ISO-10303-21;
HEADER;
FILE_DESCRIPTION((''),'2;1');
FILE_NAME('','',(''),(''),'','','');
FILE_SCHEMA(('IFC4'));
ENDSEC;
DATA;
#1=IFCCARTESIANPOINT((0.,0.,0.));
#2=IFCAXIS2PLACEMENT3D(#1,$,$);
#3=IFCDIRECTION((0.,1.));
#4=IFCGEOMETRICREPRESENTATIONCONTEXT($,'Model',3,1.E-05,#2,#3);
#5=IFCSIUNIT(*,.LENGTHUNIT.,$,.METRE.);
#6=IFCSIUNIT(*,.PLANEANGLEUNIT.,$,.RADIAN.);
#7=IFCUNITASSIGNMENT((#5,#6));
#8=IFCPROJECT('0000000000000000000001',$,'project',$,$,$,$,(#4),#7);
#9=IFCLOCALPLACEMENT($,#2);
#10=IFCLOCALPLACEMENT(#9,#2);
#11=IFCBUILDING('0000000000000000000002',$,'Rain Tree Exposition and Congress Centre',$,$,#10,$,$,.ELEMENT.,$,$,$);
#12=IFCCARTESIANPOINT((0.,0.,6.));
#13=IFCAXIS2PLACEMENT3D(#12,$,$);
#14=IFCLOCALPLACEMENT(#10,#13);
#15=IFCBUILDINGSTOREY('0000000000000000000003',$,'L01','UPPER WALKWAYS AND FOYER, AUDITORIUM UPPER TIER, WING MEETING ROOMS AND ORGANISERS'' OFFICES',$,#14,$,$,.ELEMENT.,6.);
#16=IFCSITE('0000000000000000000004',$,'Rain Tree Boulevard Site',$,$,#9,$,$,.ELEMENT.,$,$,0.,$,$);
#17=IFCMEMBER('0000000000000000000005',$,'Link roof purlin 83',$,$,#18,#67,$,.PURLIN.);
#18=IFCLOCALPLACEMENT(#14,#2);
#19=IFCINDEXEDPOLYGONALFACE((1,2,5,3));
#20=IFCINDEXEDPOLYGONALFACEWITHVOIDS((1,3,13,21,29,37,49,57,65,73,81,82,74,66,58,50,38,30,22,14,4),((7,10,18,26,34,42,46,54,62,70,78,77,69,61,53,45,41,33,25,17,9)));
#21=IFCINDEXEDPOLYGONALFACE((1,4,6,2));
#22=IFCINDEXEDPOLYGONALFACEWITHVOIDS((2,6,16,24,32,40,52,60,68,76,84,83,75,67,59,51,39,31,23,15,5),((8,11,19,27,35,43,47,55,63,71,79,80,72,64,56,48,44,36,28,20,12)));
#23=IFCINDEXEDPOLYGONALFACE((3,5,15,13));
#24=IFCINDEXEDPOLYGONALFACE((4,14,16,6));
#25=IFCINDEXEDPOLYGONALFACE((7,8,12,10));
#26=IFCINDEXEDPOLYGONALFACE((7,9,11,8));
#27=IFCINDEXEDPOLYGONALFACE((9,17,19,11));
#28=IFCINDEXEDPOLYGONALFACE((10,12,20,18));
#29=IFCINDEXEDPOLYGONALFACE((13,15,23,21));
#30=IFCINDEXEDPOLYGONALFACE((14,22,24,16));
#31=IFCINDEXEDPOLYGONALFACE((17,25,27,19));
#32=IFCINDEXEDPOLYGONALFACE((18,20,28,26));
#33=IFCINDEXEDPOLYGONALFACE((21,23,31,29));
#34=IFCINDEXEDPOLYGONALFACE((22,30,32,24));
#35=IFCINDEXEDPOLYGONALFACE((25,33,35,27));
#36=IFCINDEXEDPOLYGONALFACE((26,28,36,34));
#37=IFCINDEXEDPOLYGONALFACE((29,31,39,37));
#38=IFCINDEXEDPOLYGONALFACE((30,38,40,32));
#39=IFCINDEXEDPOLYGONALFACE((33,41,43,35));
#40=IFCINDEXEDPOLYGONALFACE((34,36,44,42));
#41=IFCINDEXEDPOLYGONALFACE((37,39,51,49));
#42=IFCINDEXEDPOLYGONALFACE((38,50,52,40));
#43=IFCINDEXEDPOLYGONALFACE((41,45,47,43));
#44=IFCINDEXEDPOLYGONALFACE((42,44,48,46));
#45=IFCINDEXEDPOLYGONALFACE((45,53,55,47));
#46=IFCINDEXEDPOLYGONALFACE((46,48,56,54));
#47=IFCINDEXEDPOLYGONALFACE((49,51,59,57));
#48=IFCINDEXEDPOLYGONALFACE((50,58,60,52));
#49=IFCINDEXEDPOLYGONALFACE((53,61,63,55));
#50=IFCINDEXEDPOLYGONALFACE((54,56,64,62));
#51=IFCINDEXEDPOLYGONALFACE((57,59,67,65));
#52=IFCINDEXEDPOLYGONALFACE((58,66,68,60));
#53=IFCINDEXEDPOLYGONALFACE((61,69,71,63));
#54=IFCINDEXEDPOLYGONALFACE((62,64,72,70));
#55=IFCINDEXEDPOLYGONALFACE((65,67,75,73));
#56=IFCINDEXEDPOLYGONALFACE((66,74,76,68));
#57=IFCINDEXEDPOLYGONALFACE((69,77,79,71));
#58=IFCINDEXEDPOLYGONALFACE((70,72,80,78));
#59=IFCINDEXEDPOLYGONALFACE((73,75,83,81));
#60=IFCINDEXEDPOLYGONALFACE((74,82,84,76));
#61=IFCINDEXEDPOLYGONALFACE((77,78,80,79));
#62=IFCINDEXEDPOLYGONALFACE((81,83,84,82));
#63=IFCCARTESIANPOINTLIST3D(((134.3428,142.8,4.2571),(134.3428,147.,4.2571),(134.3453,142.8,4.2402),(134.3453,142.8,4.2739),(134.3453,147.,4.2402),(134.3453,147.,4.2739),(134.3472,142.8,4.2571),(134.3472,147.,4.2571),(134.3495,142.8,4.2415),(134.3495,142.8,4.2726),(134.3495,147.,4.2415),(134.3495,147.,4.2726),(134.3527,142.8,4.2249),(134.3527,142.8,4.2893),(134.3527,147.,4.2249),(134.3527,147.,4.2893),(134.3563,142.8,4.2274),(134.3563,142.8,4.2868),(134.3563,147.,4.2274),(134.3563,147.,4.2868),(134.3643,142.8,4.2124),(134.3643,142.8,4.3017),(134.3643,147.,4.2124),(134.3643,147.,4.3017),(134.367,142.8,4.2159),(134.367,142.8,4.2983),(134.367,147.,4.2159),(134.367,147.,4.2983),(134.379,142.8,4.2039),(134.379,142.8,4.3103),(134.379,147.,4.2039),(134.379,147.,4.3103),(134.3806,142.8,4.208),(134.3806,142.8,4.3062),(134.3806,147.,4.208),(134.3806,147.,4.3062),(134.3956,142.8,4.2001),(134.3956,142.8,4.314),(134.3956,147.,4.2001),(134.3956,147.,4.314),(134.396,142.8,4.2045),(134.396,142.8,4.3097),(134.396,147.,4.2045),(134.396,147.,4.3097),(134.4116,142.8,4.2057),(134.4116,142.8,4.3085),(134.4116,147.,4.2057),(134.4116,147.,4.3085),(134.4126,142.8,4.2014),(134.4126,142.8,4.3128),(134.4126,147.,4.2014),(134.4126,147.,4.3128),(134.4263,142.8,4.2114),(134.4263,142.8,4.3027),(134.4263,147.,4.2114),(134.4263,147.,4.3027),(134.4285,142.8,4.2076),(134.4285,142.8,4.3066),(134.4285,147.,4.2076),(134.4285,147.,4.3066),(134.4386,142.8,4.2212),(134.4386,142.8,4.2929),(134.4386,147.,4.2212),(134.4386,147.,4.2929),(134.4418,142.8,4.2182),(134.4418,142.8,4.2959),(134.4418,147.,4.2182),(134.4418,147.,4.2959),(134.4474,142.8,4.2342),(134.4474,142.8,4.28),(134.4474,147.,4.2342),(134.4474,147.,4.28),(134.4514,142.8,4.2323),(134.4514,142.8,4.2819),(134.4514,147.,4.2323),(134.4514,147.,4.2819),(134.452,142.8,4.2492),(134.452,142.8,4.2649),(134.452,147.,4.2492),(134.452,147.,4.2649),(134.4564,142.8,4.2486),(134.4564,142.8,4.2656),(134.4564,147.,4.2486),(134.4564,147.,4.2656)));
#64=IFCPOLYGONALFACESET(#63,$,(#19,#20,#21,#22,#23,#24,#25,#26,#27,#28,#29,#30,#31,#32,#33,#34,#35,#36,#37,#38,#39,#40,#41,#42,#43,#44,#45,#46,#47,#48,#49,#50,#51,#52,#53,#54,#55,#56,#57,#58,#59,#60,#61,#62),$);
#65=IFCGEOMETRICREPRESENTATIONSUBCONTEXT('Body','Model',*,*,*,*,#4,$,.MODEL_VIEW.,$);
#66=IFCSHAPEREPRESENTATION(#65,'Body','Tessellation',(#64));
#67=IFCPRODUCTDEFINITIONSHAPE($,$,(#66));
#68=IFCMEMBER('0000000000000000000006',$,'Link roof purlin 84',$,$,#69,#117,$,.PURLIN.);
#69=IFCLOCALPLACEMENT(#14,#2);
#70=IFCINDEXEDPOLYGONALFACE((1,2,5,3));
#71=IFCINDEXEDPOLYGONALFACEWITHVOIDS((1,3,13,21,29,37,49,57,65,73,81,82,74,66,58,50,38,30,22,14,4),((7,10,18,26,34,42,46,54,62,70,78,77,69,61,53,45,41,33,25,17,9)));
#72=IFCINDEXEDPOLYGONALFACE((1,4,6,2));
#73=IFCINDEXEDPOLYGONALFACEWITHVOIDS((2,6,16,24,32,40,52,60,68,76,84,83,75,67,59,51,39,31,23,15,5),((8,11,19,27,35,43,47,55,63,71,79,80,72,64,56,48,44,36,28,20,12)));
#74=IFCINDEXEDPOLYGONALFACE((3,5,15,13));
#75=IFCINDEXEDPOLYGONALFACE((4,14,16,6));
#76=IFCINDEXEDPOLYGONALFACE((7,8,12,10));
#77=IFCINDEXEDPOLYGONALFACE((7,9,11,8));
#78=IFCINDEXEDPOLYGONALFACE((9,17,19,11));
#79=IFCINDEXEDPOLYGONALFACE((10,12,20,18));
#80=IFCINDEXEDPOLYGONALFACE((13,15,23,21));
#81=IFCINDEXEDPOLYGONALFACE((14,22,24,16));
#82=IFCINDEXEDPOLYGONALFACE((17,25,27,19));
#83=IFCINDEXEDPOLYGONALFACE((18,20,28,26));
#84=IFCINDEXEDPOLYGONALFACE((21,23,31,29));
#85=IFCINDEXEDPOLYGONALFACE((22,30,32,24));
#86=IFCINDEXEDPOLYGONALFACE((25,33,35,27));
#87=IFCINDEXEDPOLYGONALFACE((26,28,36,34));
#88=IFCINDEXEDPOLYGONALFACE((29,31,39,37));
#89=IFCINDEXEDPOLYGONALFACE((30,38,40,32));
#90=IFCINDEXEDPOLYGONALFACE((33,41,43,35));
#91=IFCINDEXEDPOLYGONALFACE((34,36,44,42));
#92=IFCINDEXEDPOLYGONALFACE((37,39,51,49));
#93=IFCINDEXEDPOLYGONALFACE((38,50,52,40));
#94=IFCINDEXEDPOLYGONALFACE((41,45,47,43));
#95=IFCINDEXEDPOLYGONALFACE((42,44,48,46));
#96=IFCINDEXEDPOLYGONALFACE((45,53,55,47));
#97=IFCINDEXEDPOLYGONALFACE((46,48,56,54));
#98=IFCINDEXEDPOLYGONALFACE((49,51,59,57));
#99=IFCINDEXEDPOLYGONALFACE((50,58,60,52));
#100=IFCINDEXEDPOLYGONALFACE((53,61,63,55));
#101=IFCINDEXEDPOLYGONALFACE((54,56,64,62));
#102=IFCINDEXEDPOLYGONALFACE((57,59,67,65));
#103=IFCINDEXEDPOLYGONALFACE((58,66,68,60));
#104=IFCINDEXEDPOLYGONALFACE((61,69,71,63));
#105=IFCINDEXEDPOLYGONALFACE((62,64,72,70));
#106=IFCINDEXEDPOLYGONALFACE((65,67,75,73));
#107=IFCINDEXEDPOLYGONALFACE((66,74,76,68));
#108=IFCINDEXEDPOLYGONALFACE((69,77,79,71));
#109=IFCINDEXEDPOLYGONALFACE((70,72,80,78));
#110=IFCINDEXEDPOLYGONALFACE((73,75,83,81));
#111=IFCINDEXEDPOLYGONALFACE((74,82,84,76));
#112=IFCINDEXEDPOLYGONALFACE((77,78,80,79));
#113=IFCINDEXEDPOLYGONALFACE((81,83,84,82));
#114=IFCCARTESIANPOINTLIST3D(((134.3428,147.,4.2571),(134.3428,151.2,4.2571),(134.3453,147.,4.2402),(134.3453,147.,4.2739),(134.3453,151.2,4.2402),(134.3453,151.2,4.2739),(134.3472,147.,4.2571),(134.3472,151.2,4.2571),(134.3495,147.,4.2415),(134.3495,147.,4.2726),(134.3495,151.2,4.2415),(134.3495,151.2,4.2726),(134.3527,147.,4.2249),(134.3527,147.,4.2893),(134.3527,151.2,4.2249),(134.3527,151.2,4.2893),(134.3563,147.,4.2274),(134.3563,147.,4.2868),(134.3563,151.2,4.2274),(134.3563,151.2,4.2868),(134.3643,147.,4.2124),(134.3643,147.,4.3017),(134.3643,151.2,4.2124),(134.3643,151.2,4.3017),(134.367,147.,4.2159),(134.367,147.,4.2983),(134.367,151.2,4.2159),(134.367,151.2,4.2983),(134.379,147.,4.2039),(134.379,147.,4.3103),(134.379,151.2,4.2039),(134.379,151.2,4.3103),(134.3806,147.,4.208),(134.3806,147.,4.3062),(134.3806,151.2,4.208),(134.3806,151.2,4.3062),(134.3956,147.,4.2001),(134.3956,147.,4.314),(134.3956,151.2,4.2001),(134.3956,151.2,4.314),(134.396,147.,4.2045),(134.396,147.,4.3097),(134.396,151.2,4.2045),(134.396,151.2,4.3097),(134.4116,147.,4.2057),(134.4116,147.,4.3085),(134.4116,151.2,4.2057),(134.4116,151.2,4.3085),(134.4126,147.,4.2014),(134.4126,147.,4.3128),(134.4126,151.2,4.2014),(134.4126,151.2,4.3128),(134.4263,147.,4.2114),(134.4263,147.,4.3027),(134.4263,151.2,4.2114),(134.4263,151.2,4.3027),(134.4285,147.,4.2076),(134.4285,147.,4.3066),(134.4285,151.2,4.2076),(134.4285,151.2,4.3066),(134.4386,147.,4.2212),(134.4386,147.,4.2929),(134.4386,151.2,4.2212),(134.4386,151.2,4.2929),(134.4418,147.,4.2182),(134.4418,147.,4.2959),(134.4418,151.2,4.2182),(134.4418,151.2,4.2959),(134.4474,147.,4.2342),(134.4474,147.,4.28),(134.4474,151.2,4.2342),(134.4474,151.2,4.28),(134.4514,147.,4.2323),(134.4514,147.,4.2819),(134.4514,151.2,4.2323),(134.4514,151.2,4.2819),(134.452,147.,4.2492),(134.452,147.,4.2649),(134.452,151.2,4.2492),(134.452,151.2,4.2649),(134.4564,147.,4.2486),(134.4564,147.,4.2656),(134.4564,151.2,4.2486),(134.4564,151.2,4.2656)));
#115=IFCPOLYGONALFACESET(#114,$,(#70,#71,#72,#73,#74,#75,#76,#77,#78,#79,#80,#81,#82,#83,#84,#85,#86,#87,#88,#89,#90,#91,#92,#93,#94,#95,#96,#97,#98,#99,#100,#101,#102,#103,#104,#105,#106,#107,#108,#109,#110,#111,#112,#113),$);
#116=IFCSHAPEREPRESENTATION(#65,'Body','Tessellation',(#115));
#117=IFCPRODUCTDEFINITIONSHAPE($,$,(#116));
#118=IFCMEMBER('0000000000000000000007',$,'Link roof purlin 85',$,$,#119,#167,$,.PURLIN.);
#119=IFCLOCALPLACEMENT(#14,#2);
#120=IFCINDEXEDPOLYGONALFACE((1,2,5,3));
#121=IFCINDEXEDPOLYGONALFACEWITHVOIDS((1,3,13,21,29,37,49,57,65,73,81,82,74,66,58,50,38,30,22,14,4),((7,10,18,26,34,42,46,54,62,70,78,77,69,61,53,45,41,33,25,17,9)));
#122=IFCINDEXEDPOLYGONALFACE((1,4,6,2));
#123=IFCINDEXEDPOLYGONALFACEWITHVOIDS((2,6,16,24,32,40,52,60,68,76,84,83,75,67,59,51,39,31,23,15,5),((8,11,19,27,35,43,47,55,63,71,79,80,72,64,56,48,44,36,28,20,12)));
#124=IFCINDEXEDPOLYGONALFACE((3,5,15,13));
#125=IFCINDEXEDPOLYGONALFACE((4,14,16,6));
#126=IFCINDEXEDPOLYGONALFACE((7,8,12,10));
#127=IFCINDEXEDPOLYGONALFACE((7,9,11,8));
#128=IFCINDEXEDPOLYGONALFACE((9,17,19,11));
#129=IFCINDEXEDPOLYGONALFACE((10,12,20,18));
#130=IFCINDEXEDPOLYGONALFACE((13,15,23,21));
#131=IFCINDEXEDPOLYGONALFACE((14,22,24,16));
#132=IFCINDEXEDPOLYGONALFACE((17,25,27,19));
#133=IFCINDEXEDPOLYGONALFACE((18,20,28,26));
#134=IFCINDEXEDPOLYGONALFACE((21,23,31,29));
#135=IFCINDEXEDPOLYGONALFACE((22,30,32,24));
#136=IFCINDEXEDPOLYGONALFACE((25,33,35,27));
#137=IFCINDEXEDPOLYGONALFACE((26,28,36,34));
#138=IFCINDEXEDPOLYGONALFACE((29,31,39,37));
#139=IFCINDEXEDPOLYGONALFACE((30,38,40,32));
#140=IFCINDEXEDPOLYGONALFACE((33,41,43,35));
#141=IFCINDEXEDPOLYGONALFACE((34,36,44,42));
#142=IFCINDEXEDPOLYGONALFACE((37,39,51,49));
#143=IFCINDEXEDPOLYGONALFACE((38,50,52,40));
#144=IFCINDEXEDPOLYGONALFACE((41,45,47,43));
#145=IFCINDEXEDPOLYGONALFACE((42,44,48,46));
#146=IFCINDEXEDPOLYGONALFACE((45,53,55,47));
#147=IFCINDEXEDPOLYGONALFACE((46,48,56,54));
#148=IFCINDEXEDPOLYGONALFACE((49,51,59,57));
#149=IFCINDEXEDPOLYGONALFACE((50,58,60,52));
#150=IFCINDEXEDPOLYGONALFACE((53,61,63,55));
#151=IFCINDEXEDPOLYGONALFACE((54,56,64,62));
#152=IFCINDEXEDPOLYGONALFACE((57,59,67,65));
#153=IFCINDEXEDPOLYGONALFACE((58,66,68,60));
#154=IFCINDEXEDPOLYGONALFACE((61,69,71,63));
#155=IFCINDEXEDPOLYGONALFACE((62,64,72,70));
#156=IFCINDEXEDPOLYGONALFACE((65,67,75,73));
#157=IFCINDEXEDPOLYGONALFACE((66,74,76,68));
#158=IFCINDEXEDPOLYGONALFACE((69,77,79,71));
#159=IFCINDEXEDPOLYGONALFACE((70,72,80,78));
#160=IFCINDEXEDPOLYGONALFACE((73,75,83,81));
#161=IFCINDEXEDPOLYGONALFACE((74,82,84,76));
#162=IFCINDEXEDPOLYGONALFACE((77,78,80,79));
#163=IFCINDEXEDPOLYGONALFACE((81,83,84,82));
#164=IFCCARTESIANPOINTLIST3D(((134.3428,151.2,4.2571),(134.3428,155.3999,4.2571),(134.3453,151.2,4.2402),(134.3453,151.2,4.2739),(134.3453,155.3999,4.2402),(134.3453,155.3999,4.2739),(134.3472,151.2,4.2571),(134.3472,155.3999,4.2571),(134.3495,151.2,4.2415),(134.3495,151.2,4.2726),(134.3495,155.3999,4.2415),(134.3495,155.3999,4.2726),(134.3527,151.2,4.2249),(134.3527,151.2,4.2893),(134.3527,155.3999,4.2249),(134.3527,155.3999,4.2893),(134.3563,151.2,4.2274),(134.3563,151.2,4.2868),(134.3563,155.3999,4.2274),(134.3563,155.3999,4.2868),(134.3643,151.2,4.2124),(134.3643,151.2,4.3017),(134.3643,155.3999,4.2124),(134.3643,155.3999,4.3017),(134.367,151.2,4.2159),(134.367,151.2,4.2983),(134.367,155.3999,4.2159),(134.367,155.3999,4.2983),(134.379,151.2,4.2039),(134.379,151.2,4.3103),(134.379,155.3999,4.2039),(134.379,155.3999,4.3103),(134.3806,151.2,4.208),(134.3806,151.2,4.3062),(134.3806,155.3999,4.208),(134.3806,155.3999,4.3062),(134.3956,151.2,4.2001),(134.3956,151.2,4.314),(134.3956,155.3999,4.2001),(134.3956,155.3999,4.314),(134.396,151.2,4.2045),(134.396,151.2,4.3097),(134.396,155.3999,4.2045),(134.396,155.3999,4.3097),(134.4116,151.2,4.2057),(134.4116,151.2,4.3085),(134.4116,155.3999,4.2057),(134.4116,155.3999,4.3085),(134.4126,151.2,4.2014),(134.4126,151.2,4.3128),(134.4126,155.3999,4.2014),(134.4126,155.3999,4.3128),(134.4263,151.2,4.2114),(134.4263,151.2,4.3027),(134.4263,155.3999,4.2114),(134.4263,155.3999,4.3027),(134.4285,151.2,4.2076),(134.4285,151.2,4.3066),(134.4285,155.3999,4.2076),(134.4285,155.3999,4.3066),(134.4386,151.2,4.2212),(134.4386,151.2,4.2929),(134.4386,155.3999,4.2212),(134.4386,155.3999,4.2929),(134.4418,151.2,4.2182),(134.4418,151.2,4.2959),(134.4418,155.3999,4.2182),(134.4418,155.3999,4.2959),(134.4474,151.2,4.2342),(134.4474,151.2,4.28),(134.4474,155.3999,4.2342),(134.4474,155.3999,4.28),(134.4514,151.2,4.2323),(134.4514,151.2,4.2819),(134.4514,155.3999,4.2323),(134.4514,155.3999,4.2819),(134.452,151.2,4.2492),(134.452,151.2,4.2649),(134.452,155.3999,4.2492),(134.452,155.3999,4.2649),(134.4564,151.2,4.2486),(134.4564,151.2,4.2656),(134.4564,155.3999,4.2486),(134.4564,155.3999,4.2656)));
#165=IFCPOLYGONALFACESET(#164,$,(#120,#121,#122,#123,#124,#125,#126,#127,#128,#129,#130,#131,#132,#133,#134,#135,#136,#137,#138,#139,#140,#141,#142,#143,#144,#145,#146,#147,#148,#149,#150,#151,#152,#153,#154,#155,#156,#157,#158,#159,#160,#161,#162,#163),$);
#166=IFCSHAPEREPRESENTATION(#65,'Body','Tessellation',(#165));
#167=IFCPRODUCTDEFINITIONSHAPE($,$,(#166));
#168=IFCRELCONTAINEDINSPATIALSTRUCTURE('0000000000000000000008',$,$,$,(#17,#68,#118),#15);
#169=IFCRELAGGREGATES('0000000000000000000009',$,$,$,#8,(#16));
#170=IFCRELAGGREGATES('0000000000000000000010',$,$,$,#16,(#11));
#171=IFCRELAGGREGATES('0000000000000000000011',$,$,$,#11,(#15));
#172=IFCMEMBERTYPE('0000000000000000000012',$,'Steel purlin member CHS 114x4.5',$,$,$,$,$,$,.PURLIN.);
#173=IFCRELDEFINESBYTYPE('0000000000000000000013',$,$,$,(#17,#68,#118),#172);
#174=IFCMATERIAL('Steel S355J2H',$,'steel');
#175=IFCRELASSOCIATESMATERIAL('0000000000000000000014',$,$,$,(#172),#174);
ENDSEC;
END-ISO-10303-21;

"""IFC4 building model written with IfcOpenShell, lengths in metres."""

from ifc_helpers import new_model, si_unit, direction, frame, origin, origin_2d, place, context, subcontext, project, spatial, hollow_circle, extrude, material, material_profile, profile_set, type_object, element, save


model = new_model("IFC4")

# Units and contexts
model_context = context("Model", 3, precision=1e-05, world=origin(), true_north=direction((0.0, 1.0)))
body_context = subcontext(model_context, "Body", "Model", "MODEL_VIEW")
ifc_project = project(units=[si_unit("LENGTHUNIT", "METRE"), si_unit("PLANEANGLEUNIT", "RADIAN")], contexts=[model_context])

# Site, building, storey
site_placement = place(None, origin())
site = spatial("IfcSite", under=ifc_project, at=site_placement, Name="Rain Tree Boulevard Site", CompositionType="ELEMENT", RefElevation=0.0)
building_placement = place(site_placement, origin())
building = spatial("IfcBuilding", under=site, at=building_placement, Name="Rain Tree Exposition and Congress Centre", CompositionType="ELEMENT")
storey_placement = place(building_placement, frame((0.0, 0.0, 6.0)))
storey = spatial("IfcBuildingStorey", under=building, at=storey_placement, Name="L01", Description="UPPER WALKWAYS AND FOYER, AUDITORIUM UPPER TIER, WING MEETING ROOMS AND ORGANISERS' OFFICES", CompositionType="ELEMENT", Elevation=6.0)

# Members
ifc_material_1 = material(Name="Steel S355J2H", Category="steel")
ifc_material_profile_1 = material_profile(ifc_material_1, hollow_circle(Radius=0.0571, WallThickness=0.0044, at=origin_2d()), Name="CHS 114x4.5")
ifc_profile_set_1 = profile_set([ifc_material_profile_1], Name="Steel S355J2H")
member_type = type_object("IfcMemberType", Name="Steel purlin member CHS 114x4.5", PredefinedType="PURLIN", material=ifc_profile_set_1)
for number, where, z_axis, x_axis, name in (
    (1, (134.3999, 142.8, 4.2571), (0.0, 1.0, 0.0), (-1.0, 0.0, 0.0), "Link roof purlin 83"),
    (2, (134.3999, 147.0, 4.2571), (0.0, 1.0, 0.0), (-1.0, 0.0, 0.0), "Link roof purlin 84"),
    (3, (134.3999, 151.2, 4.2571), (0.0, 1.0, 0.0), (-1.0, 0.0, 0.0), "Link roof purlin 85"),
):
    element("IfcMember", number, at=place(storey_placement, frame(where, z_axis=z_axis, x_axis=x_axis)), inside=storey, type_object=member_type, Name=name, PredefinedType="PURLIN", context=body_context, shape_type="SweptSolid", body=[
        extrude(hollow_circle(Radius=0.0571, WallThickness=0.0044, at=origin_2d()), origin(), (0.0, 0.0, 1.0), 4.2),
    ])

save(model, "model.ifc")
